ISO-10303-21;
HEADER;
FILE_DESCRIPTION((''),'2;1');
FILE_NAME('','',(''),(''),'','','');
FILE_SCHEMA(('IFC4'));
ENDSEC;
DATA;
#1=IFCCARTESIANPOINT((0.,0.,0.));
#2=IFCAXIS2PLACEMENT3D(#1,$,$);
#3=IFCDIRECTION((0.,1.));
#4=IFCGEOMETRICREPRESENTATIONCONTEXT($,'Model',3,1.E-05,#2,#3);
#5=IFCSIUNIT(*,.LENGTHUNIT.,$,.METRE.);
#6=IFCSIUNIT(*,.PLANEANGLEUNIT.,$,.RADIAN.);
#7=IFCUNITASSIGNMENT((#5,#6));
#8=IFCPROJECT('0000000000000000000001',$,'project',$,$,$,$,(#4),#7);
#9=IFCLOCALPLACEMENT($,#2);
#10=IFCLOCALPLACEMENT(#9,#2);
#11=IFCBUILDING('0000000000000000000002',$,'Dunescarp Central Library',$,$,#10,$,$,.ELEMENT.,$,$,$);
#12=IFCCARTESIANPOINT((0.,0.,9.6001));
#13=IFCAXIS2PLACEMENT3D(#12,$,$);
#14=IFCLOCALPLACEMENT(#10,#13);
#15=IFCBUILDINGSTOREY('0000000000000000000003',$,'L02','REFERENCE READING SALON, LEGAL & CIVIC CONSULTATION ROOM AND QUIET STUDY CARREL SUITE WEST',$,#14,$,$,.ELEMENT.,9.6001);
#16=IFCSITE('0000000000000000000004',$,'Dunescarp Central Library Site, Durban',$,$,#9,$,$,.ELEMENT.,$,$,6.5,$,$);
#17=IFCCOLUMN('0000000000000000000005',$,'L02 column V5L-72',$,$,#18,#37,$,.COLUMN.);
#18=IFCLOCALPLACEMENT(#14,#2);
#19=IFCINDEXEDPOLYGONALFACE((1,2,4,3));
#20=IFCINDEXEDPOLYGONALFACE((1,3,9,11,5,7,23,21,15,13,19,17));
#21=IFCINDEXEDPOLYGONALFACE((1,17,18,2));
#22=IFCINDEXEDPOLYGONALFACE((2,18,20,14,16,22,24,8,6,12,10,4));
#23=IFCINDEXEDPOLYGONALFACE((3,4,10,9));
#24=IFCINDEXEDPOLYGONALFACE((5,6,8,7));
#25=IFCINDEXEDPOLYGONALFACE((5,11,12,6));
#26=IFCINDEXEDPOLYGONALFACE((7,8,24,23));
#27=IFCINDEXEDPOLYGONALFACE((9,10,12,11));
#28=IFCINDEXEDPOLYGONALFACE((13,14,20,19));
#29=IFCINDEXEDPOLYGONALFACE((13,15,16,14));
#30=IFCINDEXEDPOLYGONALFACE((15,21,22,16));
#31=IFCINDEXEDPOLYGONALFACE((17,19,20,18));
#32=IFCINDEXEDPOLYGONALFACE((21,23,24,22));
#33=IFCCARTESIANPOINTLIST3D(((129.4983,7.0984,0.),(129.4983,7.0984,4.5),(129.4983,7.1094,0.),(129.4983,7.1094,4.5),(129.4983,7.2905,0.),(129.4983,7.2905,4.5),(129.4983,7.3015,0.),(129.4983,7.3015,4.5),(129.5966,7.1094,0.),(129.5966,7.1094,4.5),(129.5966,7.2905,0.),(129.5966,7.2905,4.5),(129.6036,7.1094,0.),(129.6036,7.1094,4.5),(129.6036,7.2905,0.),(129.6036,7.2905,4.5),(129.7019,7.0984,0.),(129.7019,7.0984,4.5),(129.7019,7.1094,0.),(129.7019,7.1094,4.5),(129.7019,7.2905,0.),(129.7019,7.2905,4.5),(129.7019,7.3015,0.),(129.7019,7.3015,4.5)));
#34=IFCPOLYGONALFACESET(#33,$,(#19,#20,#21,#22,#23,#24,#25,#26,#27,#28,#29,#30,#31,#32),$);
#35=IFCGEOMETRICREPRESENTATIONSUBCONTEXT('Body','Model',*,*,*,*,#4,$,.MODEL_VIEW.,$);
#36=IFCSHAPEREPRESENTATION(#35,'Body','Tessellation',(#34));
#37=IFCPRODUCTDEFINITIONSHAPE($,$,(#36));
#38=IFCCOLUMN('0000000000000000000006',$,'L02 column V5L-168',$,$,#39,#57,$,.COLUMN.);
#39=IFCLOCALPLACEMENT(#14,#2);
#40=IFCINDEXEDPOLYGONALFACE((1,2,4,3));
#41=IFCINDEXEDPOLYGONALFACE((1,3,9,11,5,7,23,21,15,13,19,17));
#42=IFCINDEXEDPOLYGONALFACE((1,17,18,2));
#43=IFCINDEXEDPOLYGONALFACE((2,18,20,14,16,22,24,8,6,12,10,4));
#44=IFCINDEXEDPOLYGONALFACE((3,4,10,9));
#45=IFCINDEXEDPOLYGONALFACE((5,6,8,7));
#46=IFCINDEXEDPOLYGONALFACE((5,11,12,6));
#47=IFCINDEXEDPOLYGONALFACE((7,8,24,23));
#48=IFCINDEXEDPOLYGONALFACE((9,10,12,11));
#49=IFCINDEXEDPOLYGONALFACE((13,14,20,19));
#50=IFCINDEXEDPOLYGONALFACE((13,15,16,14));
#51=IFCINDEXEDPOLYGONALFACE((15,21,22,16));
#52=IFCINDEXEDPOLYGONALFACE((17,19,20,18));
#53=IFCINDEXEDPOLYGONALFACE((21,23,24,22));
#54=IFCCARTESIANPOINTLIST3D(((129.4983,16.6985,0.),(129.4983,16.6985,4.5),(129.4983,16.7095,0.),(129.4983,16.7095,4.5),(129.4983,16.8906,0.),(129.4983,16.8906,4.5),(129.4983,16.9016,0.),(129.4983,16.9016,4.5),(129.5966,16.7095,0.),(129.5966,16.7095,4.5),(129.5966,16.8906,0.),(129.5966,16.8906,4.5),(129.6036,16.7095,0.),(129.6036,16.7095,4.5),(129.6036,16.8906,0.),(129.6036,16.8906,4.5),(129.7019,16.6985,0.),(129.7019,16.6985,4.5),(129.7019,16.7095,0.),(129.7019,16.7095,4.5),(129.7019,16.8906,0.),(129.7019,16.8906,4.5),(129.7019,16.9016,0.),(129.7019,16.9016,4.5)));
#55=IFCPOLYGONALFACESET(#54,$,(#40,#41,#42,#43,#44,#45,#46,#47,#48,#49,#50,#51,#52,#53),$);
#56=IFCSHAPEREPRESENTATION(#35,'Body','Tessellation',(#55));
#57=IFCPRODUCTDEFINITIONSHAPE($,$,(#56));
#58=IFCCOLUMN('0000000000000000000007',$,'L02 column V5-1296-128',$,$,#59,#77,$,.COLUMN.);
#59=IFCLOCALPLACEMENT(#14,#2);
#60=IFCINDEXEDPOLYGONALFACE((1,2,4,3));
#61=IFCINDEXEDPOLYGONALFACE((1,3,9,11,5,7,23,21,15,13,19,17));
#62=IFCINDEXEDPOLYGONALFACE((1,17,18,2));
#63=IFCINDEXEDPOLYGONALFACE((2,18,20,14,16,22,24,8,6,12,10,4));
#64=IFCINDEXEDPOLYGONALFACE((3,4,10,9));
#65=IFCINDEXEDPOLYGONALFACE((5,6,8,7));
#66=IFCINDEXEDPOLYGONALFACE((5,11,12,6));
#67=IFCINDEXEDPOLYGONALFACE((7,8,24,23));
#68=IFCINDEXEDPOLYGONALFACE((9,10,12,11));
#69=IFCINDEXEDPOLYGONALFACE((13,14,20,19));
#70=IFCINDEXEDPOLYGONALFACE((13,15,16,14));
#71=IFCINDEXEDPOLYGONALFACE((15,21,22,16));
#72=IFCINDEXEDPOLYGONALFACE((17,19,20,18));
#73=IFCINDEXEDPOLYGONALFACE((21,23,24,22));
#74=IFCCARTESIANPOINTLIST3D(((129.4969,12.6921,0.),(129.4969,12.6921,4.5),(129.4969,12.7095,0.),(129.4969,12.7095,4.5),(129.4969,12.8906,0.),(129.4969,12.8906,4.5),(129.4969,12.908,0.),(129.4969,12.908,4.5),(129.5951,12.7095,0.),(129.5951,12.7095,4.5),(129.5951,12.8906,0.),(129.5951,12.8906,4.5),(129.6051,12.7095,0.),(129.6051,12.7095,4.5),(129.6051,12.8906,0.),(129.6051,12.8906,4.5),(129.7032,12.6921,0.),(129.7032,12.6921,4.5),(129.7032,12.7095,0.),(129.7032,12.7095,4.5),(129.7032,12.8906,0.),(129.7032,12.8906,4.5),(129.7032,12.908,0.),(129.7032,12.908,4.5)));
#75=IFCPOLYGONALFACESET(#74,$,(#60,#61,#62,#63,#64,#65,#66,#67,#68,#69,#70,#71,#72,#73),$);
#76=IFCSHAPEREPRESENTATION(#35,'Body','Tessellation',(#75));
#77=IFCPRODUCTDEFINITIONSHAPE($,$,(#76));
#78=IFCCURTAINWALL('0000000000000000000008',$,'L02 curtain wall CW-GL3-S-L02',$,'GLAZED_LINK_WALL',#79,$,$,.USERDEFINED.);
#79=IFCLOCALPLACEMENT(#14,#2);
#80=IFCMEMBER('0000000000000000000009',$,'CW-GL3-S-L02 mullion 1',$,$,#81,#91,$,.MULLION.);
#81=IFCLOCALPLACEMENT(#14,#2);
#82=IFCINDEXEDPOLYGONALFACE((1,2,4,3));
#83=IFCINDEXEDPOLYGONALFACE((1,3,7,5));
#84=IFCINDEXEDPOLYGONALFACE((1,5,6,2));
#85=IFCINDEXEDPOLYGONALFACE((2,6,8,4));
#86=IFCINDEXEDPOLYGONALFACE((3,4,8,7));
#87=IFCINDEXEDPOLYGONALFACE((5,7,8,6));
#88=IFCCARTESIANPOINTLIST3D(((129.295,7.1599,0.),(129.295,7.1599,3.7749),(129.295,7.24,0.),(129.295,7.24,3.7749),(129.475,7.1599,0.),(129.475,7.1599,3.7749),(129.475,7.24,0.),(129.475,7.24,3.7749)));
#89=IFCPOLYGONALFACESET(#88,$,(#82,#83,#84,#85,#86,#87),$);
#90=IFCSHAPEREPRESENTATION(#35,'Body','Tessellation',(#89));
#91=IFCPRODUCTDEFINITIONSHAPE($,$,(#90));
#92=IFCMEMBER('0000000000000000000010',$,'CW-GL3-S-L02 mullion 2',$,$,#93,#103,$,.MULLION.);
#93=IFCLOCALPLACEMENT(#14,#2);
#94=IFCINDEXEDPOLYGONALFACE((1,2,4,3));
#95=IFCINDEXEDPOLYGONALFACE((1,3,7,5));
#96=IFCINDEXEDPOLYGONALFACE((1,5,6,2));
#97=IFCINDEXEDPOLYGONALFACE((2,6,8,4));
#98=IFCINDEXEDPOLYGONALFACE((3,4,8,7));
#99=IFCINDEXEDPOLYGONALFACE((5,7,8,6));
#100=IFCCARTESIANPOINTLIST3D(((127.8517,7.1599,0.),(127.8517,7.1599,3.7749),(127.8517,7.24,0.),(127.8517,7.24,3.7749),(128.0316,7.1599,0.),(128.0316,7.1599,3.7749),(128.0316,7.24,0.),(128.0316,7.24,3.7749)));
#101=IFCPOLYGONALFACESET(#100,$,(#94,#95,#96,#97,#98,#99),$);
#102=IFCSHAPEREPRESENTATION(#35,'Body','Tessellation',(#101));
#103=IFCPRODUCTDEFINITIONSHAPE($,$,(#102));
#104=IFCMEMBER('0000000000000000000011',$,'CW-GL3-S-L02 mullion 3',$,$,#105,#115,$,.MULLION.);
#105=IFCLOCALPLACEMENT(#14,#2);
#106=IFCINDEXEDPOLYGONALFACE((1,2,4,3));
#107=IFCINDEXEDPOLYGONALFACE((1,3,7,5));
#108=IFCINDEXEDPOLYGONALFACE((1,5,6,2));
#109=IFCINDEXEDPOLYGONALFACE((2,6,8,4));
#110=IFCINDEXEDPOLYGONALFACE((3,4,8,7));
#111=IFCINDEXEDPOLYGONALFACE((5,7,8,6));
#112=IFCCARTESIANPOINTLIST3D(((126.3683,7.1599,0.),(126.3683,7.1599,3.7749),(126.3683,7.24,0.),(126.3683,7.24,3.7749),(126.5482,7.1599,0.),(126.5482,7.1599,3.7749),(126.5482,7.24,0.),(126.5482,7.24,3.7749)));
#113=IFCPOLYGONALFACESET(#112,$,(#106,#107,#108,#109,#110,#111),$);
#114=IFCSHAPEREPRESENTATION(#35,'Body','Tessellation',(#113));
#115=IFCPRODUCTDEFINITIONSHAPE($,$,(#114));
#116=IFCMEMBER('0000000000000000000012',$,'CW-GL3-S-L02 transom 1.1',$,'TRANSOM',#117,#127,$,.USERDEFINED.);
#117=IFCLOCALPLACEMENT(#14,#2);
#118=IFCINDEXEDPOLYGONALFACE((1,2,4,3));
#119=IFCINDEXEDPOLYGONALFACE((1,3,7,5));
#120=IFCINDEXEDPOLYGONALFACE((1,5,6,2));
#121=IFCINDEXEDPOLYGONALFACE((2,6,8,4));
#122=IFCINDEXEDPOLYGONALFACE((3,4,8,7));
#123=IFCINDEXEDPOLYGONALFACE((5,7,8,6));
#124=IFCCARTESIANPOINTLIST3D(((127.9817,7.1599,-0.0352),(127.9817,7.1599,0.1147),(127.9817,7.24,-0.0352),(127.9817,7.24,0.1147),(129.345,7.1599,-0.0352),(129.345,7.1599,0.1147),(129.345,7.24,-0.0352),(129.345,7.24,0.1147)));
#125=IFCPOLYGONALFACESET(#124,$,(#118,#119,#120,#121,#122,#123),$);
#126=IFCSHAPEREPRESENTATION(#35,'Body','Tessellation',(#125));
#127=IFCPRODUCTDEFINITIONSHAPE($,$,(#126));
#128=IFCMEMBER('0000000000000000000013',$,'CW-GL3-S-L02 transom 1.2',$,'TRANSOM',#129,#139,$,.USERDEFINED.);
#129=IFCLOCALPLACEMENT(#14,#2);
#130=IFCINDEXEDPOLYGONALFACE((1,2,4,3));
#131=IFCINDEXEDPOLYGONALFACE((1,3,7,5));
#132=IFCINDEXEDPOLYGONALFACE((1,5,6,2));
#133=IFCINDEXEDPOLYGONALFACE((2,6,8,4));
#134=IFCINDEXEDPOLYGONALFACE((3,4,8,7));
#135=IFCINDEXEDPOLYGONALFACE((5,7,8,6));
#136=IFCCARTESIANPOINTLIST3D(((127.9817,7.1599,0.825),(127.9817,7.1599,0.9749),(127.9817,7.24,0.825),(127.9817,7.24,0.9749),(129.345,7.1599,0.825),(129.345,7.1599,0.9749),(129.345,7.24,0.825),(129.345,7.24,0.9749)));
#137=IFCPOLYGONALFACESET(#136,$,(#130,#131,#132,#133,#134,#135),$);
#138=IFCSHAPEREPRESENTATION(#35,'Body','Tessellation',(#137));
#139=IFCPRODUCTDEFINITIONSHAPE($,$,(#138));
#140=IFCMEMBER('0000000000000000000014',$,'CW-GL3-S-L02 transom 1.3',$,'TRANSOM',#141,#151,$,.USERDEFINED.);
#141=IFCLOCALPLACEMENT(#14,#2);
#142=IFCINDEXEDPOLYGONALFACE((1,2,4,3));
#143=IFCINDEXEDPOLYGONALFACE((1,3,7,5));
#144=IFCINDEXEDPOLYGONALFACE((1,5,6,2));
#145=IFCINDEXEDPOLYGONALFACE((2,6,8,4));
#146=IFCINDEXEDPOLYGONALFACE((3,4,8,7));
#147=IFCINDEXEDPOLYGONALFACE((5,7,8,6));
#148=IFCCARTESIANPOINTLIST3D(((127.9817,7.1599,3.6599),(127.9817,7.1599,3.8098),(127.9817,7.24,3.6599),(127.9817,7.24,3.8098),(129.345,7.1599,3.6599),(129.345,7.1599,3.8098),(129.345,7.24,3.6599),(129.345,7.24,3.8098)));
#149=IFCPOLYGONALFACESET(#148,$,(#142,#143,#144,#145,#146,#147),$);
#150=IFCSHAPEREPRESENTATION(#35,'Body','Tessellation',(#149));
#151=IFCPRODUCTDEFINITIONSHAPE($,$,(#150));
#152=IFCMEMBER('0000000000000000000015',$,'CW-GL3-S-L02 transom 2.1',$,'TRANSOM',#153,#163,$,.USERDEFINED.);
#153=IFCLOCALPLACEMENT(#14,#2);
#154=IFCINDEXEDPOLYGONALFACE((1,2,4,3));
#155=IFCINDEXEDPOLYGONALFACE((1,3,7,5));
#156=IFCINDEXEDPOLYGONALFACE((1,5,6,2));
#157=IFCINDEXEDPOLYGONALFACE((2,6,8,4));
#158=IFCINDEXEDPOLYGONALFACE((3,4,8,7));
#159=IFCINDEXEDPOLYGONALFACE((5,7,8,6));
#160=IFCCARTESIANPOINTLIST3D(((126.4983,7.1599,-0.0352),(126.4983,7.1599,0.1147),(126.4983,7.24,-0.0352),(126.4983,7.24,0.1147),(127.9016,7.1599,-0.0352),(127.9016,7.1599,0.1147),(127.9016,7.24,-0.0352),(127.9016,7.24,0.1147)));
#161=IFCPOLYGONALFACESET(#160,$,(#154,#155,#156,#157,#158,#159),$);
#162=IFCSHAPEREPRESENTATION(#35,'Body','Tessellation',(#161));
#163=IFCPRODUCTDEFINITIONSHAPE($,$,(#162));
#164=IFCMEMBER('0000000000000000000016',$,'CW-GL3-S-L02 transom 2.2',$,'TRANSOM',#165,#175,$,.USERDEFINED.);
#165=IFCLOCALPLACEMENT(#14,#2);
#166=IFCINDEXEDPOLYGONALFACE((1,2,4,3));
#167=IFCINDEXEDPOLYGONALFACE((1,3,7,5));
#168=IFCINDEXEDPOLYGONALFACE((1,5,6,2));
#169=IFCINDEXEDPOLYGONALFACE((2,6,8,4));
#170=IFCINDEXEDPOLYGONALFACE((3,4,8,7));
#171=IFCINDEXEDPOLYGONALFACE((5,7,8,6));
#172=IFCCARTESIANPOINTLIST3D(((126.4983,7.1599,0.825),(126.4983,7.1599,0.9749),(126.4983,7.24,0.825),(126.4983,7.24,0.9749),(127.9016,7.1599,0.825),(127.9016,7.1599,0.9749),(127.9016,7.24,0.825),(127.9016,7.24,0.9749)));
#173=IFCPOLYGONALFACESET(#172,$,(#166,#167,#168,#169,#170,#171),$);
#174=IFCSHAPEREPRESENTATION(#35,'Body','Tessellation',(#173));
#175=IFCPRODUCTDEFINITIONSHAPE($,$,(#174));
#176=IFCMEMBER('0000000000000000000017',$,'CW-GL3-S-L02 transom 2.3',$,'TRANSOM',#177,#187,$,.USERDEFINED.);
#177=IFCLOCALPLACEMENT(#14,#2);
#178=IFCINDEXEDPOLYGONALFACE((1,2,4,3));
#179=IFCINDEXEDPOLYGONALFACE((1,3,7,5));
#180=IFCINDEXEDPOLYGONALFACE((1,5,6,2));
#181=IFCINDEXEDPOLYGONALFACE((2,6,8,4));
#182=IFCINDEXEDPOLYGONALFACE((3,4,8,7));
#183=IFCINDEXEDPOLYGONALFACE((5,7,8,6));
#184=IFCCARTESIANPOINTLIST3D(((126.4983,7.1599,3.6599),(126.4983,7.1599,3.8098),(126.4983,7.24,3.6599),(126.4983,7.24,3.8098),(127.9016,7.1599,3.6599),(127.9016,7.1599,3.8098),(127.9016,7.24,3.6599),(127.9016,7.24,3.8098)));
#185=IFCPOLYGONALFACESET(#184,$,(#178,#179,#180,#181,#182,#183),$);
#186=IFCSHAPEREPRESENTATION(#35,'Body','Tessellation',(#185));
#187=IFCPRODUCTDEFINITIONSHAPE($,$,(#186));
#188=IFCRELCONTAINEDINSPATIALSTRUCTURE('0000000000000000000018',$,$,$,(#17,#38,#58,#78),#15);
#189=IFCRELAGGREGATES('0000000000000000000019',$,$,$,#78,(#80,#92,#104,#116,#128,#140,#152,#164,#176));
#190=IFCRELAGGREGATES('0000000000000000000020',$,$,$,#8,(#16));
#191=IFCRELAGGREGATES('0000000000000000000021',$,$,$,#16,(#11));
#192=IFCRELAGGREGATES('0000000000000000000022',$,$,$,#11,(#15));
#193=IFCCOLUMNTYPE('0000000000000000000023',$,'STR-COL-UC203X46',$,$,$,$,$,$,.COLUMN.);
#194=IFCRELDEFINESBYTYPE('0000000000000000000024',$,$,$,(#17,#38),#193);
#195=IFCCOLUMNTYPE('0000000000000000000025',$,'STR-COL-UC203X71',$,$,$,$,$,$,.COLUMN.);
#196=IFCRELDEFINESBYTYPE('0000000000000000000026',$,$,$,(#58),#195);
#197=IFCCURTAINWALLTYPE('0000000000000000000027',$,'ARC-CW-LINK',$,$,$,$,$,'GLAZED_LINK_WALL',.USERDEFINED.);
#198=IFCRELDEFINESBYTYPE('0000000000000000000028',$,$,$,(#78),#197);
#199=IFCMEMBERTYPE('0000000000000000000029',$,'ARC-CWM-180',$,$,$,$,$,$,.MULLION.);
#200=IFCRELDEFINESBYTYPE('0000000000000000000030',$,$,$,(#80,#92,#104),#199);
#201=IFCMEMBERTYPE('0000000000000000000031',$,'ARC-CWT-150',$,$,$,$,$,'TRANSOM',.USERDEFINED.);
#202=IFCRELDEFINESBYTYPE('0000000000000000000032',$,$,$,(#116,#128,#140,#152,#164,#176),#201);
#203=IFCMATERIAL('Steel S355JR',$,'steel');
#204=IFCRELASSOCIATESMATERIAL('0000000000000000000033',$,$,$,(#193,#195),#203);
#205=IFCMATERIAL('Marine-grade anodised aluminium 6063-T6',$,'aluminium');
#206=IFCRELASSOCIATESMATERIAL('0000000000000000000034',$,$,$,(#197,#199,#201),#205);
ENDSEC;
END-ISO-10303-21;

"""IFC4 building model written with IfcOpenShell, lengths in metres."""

from ifc_helpers import new_model, si_unit, direction, frame, origin, origin_2d, place, context, subcontext, project, spatial, rectangle, i_section, extrude, material, material_profile, profile_set, type_object, element, aggregate, save


model = new_model("IFC4")

# Units and contexts
model_context = context("Model", 3, precision=1e-05, world=origin(), true_north=direction((0.0, 1.0)))
body_context = subcontext(model_context, "Body", "Model", "MODEL_VIEW")
ifc_project = project(units=[si_unit("LENGTHUNIT", "METRE"), si_unit("PLANEANGLEUNIT", "RADIAN")], contexts=[model_context])

# Site, building, storey
site_placement = place(None, origin())
site = spatial("IfcSite", under=ifc_project, at=site_placement, Name="Dunescarp Central Library Site, Durban", CompositionType="ELEMENT", RefElevation=6.5)
building_placement = place(site_placement, origin())
building = spatial("IfcBuilding", under=site, at=building_placement, Name="Dunescarp Central Library", CompositionType="ELEMENT")
storey_placement = place(building_placement, frame((0.0, 0.0, 9.6001)))
storey = spatial("IfcBuildingStorey", under=building, at=storey_placement, Name="L02", Description="REFERENCE READING SALON, LEGAL & CIVIC CONSULTATION ROOM AND QUIET STUDY CARREL SUITE WEST", CompositionType="ELEMENT", Elevation=9.6001)

# Columns
ifc_material_1 = material(Name="Steel S355JR", Category="steel")
ifc_material_profile_1 = material_profile(ifc_material_1, i_section(OverallWidth=0.2036, OverallDepth=0.2031, WebThickness=0.0071, FlangeThickness=0.011, at=origin_2d()), Name="UC 203x203x46")
ifc_profile_set_1 = profile_set([ifc_material_profile_1], Name="Steel S355JR")
column_type_1 = type_object("IfcColumnType", Name="STR-COL-UC203X46", PredefinedType="COLUMN", material=ifc_profile_set_1)
for number, where, z_axis, x_axis, name in (
    (1, (129.6001, 7.2, 0.0), (0.0, 0.0, 1.0), (1.0, 0.0, 0.0), "L02 column V5L-72"),
    (2, (129.6001, 16.8, 0.0), (0.0, 0.0, 1.0), (1.0, 0.0, 0.0), "L02 column V5L-168"),
):
    element("IfcColumn", number, at=place(storey_placement, frame(where, z_axis=z_axis, x_axis=x_axis)), inside=storey, type_object=column_type_1, Name=name, PredefinedType="COLUMN", context=body_context, shape_type="SweptSolid", body=[
        extrude(i_section(OverallWidth=0.2036, OverallDepth=0.2031, WebThickness=0.0071, FlangeThickness=0.011, at=origin_2d()), origin(), (0.0, 0.0, 1.0), 4.5),
    ])
ifc_material_profile_2 = material_profile(ifc_material_1, i_section(OverallWidth=0.2063, OverallDepth=0.2158, WebThickness=0.01, FlangeThickness=0.0173, at=origin_2d()), Name="UC 203x203x71")
ifc_profile_set_2 = profile_set([ifc_material_profile_2], Name="Steel S355JR")
column_type_2 = type_object("IfcColumnType", Name="STR-COL-UC203X71", PredefinedType="COLUMN", material=ifc_profile_set_2)
column_placement = place(storey_placement, frame((129.6001, 12.8, 0.0), z_axis=(0.0, 0.0, 1.0), x_axis=(1.0, 0.0, 0.0)))
element("IfcColumn", 3, at=column_placement, inside=storey, type_object=column_type_2, Name="L02 column V5-1296-128", PredefinedType="COLUMN", context=body_context, shape_type="SweptSolid", body=[
    extrude(i_section(OverallWidth=0.2063, OverallDepth=0.2158, WebThickness=0.01, FlangeThickness=0.0173, at=origin_2d()), origin(), (0.0, 0.0, 1.0), 4.5),
])

# Curtain wall, members
ifc_material_2 = material(Name="Marine-grade anodised aluminium 6063-T6", Category="aluminium")
curtain_wall_type = type_object("IfcCurtainWallType", Name="ARC-CW-LINK", ElementType="GLAZED_LINK_WALL", PredefinedType="USERDEFINED", material=ifc_material_2)
curtain_wall_placement = place(storey_placement, origin())
curtain_wall = element("IfcCurtainWall", 4, at=curtain_wall_placement, inside=storey, type_object=curtain_wall_type, Name="L02 curtain wall CW-GL3-S-L02", ObjectType="GLAZED_LINK_WALL", PredefinedType="USERDEFINED")
ifc_material_profile_3 = material_profile(ifc_material_2, rectangle(XDim=0.0801, YDim=0.1799, at=origin_2d()), Name="AL 80x180")
ifc_profile_set_3 = profile_set([ifc_material_profile_3], Name="Marine-grade anodised aluminium 6063-T6")
member_type_1 = type_object("IfcMemberType", Name="ARC-CWM-180", PredefinedType="MULLION", material=ifc_profile_set_3)
member_1_placement = place(storey_placement, frame((129.385, 7.2, 0.0), z_axis=(0.0, 0.0, 1.0), x_axis=(0.0, -1.0, 0.0)))
member_1 = element("IfcMember", 5, at=member_1_placement, type_object=member_type_1, Name="CW-GL3-S-L02 mullion 1", PredefinedType="MULLION", context=body_context, shape_type="SweptSolid", body=[
    extrude(rectangle(XDim=0.0801, YDim=0.1799, at=origin_2d()), origin(), (0.0, 0.0, 1.0), 3.7749),
])
member_2_placement = place(storey_placement, frame((127.9417, 7.2, 0.0), z_axis=(0.0, 0.0, 1.0), x_axis=(0.0, -1.0, 0.0)))
member_2 = element("IfcMember", 6, at=member_2_placement, type_object=member_type_1, Name="CW-GL3-S-L02 mullion 2", PredefinedType="MULLION", context=body_context, shape_type="SweptSolid", body=[
    extrude(rectangle(XDim=0.0801, YDim=0.1799, at=origin_2d()), origin(), (0.0, 0.0, 1.0), 3.7749),
])
member_3_placement = place(storey_placement, frame((126.4583, 7.2, 0.0), z_axis=(0.0, 0.0, 1.0), x_axis=(0.0, -1.0, 0.0)))
member_3 = element("IfcMember", 7, at=member_3_placement, type_object=member_type_1, Name="CW-GL3-S-L02 mullion 3", PredefinedType="MULLION", context=body_context, shape_type="SweptSolid", body=[
    extrude(rectangle(XDim=0.0801, YDim=0.1799, at=origin_2d()), origin(), (0.0, 0.0, 1.0), 3.7749),
])
ifc_material_profile_4 = material_profile(ifc_material_2, rectangle(XDim=0.0801, YDim=0.1499, at=origin_2d()), Name="AL 80x150")
ifc_profile_set_4 = profile_set([ifc_material_profile_4], Name="Marine-grade anodised aluminium 6063-T6")
member_type_2 = type_object("IfcMemberType", Name="ARC-CWT-150", ElementType="TRANSOM", PredefinedType="USERDEFINED", material=ifc_profile_set_4)
member_4_placement = place(storey_placement, frame((129.345, 7.2, 0.0398), z_axis=(-1.0, 0.0, 0.0), x_axis=(0.0, -1.0, 0.0)))
member_4 = element("IfcMember", 8, at=member_4_placement, type_object=member_type_2, Name="CW-GL3-S-L02 transom 1.1", ObjectType="TRANSOM", PredefinedType="USERDEFINED", context=body_context, shape_type="SweptSolid", body=[
    extrude(rectangle(XDim=0.0801, YDim=0.1499, at=origin_2d()), origin(), (0.0, 0.0, 1.0), 1.3633),
])
member_5_placement = place(storey_placement, frame((129.345, 7.2, 0.8999), z_axis=(-1.0, 0.0, 0.0), x_axis=(0.0, -1.0, 0.0)))
member_5 = element("IfcMember", 9, at=member_5_placement, type_object=member_type_2, Name="CW-GL3-S-L02 transom 1.2", ObjectType="TRANSOM", PredefinedType="USERDEFINED", context=body_context, shape_type="SweptSolid", body=[
    extrude(rectangle(XDim=0.0801, YDim=0.1499, at=origin_2d()), origin(), (0.0, 0.0, 1.0), 1.3633),
])
member_6_placement = place(storey_placement, frame((129.345, 7.2, 3.7349), z_axis=(-1.0, 0.0, 0.0), x_axis=(0.0, -1.0, 0.0)))
member_6 = element("IfcMember", 10, at=member_6_placement, type_object=member_type_2, Name="CW-GL3-S-L02 transom 1.3", ObjectType="TRANSOM", PredefinedType="USERDEFINED", context=body_context, shape_type="SweptSolid", body=[
    extrude(rectangle(XDim=0.0801, YDim=0.1499, at=origin_2d()), origin(), (0.0, 0.0, 1.0), 1.3633),
])
member_7_placement = place(storey_placement, frame((127.9016, 7.2, 0.0398), z_axis=(-1.0, 0.0, 0.0), x_axis=(0.0, -1.0, 0.0)))
member_7 = element("IfcMember", 11, at=member_7_placement, type_object=member_type_2, Name="CW-GL3-S-L02 transom 2.1", ObjectType="TRANSOM", PredefinedType="USERDEFINED", context=body_context, shape_type="SweptSolid", body=[
    extrude(rectangle(XDim=0.0801, YDim=0.1499, at=origin_2d()), origin(), (0.0, 0.0, 1.0), 1.4033),
])
member_8_placement = place(storey_placement, frame((127.9016, 7.2, 0.8999), z_axis=(-1.0, 0.0, 0.0), x_axis=(0.0, -1.0, 0.0)))
member_8 = element("IfcMember", 12, at=member_8_placement, type_object=member_type_2, Name="CW-GL3-S-L02 transom 2.2", ObjectType="TRANSOM", PredefinedType="USERDEFINED", context=body_context, shape_type="SweptSolid", body=[
    extrude(rectangle(XDim=0.0801, YDim=0.1499, at=origin_2d()), origin(), (0.0, 0.0, 1.0), 1.4033),
])
member_9_placement = place(storey_placement, frame((127.9016, 7.2, 3.7349), z_axis=(-1.0, 0.0, 0.0), x_axis=(0.0, -1.0, 0.0)))
member_9 = element("IfcMember", 13, at=member_9_placement, type_object=member_type_2, Name="CW-GL3-S-L02 transom 2.3", ObjectType="TRANSOM", PredefinedType="USERDEFINED", context=body_context, shape_type="SweptSolid", body=[
    extrude(rectangle(XDim=0.0801, YDim=0.1499, at=origin_2d()), origin(), (0.0, 0.0, 1.0), 1.4033),
])

aggregate(curtain_wall, [member_1, member_2, member_3, member_4, member_5, member_6, member_7, member_8, member_9])

save(model, "model.ifc")
